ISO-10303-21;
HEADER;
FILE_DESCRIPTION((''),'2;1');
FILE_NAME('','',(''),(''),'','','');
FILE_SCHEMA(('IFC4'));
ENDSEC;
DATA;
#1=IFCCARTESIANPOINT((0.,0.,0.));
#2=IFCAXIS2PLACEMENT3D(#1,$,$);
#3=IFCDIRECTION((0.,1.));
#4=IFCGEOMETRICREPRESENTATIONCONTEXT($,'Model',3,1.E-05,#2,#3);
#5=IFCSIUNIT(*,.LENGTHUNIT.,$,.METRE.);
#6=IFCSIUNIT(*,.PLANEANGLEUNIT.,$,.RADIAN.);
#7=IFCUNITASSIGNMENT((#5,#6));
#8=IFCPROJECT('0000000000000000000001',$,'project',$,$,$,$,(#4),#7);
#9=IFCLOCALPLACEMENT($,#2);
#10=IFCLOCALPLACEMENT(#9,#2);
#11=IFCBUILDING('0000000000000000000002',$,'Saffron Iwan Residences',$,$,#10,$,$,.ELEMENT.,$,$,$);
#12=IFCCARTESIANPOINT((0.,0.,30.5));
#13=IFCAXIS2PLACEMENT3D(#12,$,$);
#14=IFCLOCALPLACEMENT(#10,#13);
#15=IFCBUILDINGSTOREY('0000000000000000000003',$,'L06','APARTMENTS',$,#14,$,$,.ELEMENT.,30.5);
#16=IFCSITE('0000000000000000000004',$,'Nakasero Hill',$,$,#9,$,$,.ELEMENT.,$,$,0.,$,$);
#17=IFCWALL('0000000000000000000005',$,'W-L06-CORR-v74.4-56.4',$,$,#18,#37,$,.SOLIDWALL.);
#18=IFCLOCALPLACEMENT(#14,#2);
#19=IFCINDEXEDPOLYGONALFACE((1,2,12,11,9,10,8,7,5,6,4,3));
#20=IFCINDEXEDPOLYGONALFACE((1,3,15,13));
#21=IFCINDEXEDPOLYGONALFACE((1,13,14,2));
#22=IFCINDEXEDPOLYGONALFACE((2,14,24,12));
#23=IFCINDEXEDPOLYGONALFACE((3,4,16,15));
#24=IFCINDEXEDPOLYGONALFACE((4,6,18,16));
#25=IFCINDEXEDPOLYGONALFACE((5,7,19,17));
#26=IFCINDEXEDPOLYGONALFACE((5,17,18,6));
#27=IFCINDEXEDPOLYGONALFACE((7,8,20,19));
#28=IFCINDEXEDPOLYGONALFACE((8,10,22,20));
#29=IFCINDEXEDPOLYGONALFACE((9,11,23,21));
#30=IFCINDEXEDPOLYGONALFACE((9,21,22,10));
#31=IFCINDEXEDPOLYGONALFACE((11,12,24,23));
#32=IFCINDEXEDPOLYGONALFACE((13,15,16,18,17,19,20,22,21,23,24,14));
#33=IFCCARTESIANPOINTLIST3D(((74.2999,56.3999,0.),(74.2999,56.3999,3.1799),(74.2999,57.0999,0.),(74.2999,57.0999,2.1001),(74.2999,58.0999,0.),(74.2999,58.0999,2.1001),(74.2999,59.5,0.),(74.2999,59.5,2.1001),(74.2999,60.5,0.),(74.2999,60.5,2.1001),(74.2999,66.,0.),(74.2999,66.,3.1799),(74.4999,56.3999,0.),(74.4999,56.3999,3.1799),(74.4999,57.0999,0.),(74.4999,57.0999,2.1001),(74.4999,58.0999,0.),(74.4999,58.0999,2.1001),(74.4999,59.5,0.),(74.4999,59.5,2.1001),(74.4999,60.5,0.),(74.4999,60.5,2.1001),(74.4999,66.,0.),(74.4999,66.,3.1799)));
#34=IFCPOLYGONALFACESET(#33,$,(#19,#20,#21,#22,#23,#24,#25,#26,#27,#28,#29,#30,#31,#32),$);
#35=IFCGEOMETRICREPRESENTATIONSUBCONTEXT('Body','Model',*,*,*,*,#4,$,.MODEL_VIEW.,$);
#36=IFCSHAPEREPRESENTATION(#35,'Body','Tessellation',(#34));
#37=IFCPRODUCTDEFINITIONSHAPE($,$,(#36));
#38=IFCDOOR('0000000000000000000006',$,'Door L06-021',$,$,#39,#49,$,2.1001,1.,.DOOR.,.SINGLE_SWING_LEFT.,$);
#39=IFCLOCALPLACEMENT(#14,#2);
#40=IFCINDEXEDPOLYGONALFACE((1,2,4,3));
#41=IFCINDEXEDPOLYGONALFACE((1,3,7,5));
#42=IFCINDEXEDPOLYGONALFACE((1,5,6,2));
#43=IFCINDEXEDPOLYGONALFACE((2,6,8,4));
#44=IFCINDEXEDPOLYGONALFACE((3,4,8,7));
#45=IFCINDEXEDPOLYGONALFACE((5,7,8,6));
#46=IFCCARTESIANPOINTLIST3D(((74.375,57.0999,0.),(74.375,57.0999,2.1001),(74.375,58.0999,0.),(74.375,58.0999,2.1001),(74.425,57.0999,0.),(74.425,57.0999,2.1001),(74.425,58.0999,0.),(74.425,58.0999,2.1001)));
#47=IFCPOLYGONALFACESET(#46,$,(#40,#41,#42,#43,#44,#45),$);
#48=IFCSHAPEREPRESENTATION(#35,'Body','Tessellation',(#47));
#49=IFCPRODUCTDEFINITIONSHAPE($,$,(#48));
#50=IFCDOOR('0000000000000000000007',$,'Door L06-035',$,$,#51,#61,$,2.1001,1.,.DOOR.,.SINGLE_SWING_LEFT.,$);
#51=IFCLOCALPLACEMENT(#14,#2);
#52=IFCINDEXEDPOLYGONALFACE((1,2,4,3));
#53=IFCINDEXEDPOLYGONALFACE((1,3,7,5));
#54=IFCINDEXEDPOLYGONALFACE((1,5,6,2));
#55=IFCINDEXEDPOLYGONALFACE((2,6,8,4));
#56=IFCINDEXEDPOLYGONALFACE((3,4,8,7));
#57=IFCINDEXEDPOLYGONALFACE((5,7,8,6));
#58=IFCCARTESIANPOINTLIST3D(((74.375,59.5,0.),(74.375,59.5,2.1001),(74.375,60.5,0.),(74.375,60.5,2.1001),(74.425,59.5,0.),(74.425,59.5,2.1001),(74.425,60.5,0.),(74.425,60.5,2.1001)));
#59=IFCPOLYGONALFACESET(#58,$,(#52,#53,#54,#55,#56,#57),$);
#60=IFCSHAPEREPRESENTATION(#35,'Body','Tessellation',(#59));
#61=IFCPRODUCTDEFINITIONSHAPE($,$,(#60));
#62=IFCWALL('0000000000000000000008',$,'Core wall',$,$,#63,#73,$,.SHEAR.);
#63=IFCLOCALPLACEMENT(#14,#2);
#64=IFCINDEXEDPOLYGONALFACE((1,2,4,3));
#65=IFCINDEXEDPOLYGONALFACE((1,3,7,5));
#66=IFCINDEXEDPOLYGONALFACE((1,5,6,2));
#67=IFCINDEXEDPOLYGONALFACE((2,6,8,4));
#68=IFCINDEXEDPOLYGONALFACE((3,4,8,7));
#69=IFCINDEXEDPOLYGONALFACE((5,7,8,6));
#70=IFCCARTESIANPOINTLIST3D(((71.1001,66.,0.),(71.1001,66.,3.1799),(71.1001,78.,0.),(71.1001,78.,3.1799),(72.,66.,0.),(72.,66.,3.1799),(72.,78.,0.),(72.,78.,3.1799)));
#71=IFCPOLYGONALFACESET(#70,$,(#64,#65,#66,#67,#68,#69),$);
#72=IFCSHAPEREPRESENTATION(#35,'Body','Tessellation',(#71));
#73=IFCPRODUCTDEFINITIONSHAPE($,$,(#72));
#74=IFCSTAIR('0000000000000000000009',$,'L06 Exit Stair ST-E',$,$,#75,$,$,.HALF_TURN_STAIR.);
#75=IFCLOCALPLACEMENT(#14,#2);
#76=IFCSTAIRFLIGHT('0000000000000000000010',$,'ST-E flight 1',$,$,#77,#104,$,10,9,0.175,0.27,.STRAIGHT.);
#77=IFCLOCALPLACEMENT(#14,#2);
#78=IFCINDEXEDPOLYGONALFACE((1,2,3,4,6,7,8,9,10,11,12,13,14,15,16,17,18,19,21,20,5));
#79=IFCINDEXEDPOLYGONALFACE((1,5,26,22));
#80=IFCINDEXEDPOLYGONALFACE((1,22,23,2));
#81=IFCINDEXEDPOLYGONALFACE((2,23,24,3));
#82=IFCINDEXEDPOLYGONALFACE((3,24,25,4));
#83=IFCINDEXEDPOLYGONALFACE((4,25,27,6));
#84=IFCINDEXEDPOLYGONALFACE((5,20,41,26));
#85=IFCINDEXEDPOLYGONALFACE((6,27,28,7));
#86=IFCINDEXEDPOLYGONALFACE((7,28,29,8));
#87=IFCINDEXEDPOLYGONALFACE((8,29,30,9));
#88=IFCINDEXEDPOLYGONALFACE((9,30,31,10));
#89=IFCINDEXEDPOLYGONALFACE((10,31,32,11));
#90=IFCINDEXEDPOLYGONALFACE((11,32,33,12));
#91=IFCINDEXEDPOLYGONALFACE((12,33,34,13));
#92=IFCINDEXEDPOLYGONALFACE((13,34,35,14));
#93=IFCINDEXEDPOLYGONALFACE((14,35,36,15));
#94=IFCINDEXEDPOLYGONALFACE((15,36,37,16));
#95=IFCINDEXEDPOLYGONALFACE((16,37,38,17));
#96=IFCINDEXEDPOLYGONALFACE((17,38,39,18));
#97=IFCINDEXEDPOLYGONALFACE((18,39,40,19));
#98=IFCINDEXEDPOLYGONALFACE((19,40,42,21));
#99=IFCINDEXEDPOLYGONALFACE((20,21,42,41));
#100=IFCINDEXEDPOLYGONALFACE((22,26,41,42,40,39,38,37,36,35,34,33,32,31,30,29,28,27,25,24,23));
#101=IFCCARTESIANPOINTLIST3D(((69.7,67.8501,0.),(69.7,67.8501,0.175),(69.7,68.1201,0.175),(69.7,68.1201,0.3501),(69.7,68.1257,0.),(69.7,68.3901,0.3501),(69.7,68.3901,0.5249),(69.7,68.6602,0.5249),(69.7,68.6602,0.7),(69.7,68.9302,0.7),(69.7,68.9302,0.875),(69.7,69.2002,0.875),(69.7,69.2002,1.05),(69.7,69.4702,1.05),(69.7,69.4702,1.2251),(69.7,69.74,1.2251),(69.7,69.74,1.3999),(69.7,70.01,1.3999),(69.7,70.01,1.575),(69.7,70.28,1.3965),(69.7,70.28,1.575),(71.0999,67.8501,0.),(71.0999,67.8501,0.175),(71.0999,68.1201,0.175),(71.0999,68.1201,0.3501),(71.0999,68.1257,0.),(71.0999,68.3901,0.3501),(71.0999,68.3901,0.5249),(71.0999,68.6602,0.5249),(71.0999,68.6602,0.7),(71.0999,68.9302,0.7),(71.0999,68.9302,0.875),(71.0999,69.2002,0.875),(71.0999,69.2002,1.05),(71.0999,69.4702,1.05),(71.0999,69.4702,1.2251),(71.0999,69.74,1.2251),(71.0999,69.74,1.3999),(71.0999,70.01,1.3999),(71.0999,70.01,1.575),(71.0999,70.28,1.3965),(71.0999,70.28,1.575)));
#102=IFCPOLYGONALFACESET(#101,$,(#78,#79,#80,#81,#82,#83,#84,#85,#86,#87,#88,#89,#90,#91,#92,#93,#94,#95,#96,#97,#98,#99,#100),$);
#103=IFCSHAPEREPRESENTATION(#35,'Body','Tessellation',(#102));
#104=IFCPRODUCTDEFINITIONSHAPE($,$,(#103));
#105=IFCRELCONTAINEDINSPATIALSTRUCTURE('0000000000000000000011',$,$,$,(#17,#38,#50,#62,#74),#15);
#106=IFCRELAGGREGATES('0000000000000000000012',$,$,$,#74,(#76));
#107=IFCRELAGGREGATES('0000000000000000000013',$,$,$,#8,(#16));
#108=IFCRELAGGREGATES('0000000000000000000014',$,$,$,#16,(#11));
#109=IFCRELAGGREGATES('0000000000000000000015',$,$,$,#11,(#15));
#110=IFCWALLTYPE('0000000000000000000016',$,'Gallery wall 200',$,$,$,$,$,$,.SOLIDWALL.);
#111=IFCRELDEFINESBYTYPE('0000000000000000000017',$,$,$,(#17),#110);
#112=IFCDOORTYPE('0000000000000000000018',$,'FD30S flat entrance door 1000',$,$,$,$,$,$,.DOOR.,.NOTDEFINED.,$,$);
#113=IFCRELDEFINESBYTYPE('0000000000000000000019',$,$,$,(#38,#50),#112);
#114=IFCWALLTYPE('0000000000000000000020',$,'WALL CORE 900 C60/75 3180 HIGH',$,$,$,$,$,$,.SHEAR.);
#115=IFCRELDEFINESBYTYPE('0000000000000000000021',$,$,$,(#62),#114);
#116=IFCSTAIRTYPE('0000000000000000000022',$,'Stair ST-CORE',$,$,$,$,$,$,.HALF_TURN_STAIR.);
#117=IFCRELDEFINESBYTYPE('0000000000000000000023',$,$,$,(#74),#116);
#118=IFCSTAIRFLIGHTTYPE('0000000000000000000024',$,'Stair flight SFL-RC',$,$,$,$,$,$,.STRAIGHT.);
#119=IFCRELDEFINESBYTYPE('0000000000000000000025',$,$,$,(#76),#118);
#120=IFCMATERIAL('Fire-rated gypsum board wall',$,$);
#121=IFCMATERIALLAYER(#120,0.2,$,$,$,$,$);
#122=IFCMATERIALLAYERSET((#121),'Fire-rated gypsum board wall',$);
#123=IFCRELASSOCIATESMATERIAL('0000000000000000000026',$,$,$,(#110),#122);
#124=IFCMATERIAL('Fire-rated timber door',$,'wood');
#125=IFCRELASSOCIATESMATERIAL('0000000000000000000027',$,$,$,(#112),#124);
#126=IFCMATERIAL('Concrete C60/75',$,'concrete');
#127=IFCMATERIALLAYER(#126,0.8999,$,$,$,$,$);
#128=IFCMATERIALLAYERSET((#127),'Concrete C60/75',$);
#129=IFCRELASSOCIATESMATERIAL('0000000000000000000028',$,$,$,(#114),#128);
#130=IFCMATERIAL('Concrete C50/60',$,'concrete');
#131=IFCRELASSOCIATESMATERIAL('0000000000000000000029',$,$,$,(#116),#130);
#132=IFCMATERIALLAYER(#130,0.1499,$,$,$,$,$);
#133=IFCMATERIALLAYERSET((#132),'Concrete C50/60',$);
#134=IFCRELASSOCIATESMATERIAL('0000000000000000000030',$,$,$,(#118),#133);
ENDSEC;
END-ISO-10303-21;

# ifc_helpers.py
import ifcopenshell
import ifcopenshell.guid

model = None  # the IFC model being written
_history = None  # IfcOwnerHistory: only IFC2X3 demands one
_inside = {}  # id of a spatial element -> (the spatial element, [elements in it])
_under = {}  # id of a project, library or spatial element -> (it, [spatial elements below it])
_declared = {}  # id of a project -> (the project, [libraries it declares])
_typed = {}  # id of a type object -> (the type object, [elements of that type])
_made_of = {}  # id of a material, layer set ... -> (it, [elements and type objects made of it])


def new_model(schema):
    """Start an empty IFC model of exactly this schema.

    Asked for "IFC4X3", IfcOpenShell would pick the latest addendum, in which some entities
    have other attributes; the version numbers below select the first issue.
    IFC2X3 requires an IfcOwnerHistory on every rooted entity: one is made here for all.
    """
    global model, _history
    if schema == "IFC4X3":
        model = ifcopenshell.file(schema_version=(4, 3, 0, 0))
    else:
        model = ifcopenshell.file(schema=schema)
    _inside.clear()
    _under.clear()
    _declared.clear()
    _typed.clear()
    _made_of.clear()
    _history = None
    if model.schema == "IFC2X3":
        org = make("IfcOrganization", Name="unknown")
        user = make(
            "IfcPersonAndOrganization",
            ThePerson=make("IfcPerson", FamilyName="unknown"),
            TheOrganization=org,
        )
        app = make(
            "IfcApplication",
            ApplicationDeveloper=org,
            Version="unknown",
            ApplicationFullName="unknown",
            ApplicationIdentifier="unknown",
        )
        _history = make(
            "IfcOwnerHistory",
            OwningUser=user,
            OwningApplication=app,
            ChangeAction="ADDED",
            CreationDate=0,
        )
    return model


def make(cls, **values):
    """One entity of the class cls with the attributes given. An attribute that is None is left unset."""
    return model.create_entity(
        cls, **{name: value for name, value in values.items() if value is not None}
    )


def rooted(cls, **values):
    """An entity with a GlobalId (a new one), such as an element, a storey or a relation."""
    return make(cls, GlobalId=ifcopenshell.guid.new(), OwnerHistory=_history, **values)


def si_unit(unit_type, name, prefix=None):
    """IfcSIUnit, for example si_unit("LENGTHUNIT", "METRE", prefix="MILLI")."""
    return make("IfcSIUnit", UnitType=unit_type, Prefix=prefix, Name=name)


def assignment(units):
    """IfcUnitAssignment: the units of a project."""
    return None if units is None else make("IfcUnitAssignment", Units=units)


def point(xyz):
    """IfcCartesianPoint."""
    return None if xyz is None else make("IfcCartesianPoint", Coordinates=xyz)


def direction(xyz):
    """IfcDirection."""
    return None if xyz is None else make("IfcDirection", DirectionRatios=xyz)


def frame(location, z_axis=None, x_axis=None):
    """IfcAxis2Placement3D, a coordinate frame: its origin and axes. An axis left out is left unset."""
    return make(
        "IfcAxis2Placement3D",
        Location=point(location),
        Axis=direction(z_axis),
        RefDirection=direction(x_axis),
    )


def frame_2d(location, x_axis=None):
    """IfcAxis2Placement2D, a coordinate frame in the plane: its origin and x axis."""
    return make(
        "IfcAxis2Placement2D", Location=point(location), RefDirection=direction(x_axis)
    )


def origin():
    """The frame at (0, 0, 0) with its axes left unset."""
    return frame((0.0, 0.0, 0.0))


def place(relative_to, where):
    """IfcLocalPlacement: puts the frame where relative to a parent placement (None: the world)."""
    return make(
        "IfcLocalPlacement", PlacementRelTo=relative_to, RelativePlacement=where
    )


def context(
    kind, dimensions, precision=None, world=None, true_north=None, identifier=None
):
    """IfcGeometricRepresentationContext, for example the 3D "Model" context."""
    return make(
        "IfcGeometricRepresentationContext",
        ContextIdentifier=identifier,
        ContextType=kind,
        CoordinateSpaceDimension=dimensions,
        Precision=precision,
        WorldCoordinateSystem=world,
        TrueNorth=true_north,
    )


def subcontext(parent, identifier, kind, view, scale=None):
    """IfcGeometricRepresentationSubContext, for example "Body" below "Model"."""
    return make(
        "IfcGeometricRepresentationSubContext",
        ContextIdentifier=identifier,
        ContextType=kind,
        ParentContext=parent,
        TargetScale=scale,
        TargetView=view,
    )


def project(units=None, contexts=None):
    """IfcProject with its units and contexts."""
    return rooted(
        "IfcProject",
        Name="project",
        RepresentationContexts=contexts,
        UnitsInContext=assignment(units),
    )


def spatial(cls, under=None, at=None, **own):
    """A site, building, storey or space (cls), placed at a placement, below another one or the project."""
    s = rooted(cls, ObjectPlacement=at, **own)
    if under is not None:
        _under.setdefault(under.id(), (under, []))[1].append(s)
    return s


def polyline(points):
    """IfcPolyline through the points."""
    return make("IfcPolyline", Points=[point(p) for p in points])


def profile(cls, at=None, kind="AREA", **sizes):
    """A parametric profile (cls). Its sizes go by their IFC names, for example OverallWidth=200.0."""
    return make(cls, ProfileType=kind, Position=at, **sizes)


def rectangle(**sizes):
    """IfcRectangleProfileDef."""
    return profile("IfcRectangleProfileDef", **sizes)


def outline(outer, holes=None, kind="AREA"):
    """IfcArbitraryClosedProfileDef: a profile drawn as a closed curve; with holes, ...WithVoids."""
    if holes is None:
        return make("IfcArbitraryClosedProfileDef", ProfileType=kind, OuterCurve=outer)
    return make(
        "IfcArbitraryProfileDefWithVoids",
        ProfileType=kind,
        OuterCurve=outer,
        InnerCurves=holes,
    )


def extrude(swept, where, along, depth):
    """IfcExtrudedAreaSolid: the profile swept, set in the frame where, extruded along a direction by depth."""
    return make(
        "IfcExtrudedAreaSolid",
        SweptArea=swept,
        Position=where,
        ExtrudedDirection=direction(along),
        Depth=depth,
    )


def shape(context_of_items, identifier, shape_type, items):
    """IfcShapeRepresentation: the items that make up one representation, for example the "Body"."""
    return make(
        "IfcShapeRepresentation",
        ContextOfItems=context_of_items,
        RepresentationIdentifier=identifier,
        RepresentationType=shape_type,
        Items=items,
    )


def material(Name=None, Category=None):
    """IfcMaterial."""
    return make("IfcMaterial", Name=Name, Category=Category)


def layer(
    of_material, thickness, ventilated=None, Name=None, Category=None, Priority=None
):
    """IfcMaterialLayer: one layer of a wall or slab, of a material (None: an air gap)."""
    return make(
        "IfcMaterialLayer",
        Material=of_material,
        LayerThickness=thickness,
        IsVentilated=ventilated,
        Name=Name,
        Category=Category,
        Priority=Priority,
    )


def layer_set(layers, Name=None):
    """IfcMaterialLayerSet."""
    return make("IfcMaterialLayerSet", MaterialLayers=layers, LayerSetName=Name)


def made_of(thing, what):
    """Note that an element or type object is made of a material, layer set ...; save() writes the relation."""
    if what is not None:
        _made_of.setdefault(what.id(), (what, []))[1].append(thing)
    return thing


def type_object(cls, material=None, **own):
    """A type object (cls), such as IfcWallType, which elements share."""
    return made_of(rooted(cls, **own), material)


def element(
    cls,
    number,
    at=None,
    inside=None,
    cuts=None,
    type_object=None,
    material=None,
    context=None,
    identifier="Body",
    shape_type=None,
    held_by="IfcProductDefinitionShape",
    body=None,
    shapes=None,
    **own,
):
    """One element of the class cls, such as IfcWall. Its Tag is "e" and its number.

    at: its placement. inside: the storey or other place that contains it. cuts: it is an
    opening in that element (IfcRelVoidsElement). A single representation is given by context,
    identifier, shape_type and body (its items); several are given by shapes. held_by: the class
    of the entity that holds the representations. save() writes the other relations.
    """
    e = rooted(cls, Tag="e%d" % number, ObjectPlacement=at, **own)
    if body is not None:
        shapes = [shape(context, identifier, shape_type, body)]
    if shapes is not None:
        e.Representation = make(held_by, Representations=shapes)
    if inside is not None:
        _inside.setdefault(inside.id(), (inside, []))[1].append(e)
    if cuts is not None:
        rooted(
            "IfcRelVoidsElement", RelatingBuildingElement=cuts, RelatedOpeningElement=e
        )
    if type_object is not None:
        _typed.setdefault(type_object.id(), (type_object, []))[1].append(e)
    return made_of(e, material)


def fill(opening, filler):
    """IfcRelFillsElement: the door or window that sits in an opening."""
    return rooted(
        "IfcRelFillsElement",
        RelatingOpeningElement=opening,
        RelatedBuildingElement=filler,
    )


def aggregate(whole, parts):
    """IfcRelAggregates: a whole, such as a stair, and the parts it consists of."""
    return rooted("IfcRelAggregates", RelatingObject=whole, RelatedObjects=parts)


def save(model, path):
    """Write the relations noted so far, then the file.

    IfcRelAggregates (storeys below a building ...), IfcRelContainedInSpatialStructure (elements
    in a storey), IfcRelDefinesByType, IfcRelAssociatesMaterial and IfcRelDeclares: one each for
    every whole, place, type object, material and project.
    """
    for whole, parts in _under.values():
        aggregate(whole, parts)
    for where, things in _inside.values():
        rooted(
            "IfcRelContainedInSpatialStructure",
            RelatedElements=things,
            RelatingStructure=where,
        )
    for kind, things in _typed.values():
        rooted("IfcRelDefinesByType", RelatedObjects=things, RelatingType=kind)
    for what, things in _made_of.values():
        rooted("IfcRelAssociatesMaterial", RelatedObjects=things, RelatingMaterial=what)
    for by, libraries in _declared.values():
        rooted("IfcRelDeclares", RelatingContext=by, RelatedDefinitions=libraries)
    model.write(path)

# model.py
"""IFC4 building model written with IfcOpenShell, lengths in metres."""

from ifc_helpers import new_model, si_unit, direction, frame, frame_2d, origin, place, context, subcontext, project, spatial, polyline, rectangle, outline, extrude, material, layer, layer_set, type_object, element, fill, aggregate, save


model = new_model("IFC4")

# Units and contexts
model_context = context("Model", 3, precision=1e-05, world=origin(), true_north=direction((0.0, 1.0)))
body_context = subcontext(model_context, "Body", "Model", "MODEL_VIEW")
ifc_project = project(units=[si_unit("LENGTHUNIT", "METRE"), si_unit("PLANEANGLEUNIT", "RADIAN")], contexts=[model_context])

# Site, building, storey
site_placement = place(None, origin())
site = spatial("IfcSite", under=ifc_project, at=site_placement, Name="Nakasero Hill", CompositionType="ELEMENT", RefElevation=0.0)
building_placement = place(site_placement, origin())
building = spatial("IfcBuilding", under=site, at=building_placement, Name="Saffron Iwan Residences", CompositionType="ELEMENT")
storey_placement = place(building_placement, frame((0.0, 0.0, 30.5)))
storey = spatial("IfcBuildingStorey", under=building, at=storey_placement, Name="L06", Description="APARTMENTS", CompositionType="ELEMENT", Elevation=30.5)

# Shared definitions
ifc_material_1 = material(Name="Concrete C60/75", Category="concrete")

# Shared definitions
ifc_material_2 = material(Name="Fire-rated gypsum board wall")

# Shared definitions
ifc_layer_1 = layer(ifc_material_2, 0.2)
ifc_layer_set_1 = layer_set([ifc_layer_1], Name="Fire-rated gypsum board wall")
wall_type_1 = type_object("IfcWallType", Name="Gallery wall 200", PredefinedType="SOLIDWALL", material=ifc_layer_set_1)

# Wall, openings, doors
wall_1_placement = place(storey_placement, frame((74.3999, 56.3999, 0.0), z_axis=(0.0, 0.0, 1.0), x_axis=(0.0, 1.0, 0.0)))
wall_1 = element("IfcWall", 1, at=wall_1_placement, inside=storey, type_object=wall_type_1, Name="W-L06-CORR-v74.4-56.4", PredefinedType="SOLIDWALL", context=body_context, shape_type="SweptSolid", body=[
    extrude(rectangle(XDim=9.6001, YDim=0.2, at=frame_2d((4.8, 0.0))), origin(), (0.0, 0.0, 1.0), 3.1799),
])
opening_1_placement = place(wall_1_placement, frame((0.7, 0.0, 0.0)))
opening_1 = element("IfcOpeningElement", 2, at=opening_1_placement, cuts=wall_1, PredefinedType="OPENING", context=body_context, shape_type="SweptSolid", body=[
    extrude(rectangle(XDim=1.0, YDim=2.1001, at=frame_2d((0.5, 1.05))), frame((0.0, 0.1099, 0.0), z_axis=(0.0, -1.0, 0.0), x_axis=(1.0, 0.0, 0.0)), (0.0, 0.0, 1.0), 0.22),
])
opening_2_placement = place(wall_1_placement, frame((3.1001, 0.0, 0.0)))
opening_2 = element("IfcOpeningElement", 3, at=opening_2_placement, cuts=wall_1, PredefinedType="OPENING", context=body_context, shape_type="SweptSolid", body=[
    extrude(rectangle(XDim=1.0, YDim=2.1001, at=frame_2d((0.5, 1.05))), frame((0.0, 0.1099, 0.0), z_axis=(0.0, -1.0, 0.0), x_axis=(1.0, 0.0, 0.0)), (0.0, 0.0, 1.0), 0.22),
])
ifc_material_3 = material(Name="Fire-rated timber door", Category="wood")
door_type_1 = type_object("IfcDoorType", Name="FD30S flat entrance door 1000", OperationType="NOTDEFINED", PredefinedType="DOOR", material=ifc_material_3)
door_1_placement = place(opening_1_placement, origin())
door_1 = element("IfcDoor", 4, at=door_1_placement, inside=storey, type_object=door_type_1, Name="Door L06-021", OperationType="SINGLE_SWING_LEFT", OverallHeight=2.1001, OverallWidth=1.0, PredefinedType="DOOR", context=body_context, shape_type="SweptSolid", body=[
    extrude(rectangle(XDim=1.0, YDim=2.1001, at=frame_2d((0.5, 1.05))), frame((0.0, 0.0249, 0.0), z_axis=(0.0, -1.0, 0.0), x_axis=(1.0, 0.0, 0.0)), (0.0, 0.0, 1.0), 0.05),
])
fill(opening_1, door_1)
door_2_placement = place(opening_2_placement, origin())
door_2 = element("IfcDoor", 5, at=door_2_placement, inside=storey, type_object=door_type_1, Name="Door L06-035", OperationType="SINGLE_SWING_LEFT", OverallHeight=2.1001, OverallWidth=1.0, PredefinedType="DOOR", context=body_context, shape_type="SweptSolid", body=[
    extrude(rectangle(XDim=1.0, YDim=2.1001, at=frame_2d((0.5, 1.05))), frame((0.0, 0.0249, 0.0), z_axis=(0.0, -1.0, 0.0), x_axis=(1.0, 0.0, 0.0)), (0.0, 0.0, 1.0), 0.05),
])
fill(opening_2, door_2)

# Wall
ifc_layer_2 = layer(ifc_material_1, 0.8999)
ifc_layer_set_2 = layer_set([ifc_layer_2], Name="Concrete C60/75")
wall_type_2 = type_object("IfcWallType", Name="WALL CORE 900 C60/75 3180 HIGH", PredefinedType="SHEAR", material=ifc_layer_set_2)
wall_2_placement = place(storey_placement, frame((71.55, 66.0, 0.0), z_axis=(0.0, 0.0, 1.0), x_axis=(0.0, 1.0, 0.0)))
element("IfcWall", 6, at=wall_2_placement, inside=storey, type_object=wall_type_2, Name="Core wall", PredefinedType="SHEAR", context=body_context, shape_type="SweptSolid", body=[
    extrude(rectangle(XDim=12.0, YDim=0.8999, at=frame_2d((6.0, 0.0))), origin(), (0.0, 0.0, 1.0), 3.1799),
])

# Stair, stair flight
ifc_material_4 = material(Name="Concrete C50/60", Category="concrete")
stair_type = type_object("IfcStairType", Name="Stair ST-CORE", PredefinedType="HALF_TURN_STAIR", material=ifc_material_4)
stair_placement = place(storey_placement, origin())
stair = element("IfcStair", 7, at=stair_placement, inside=storey, type_object=stair_type, Name="L06 Exit Stair ST-E", PredefinedType="HALF_TURN_STAIR")
ifc_layer_3 = layer(ifc_material_4, 0.1499)
ifc_layer_set_3 = layer_set([ifc_layer_3], Name="Concrete C50/60")
stair_flight_type = type_object("IfcStairFlightType", Name="Stair flight SFL-RC", PredefinedType="STRAIGHT", material=ifc_layer_set_3)
stair_flight_placement = place(storey_placement, frame((70.3999, 67.8501, 0.0), z_axis=(0.0, 0.0, 1.0), x_axis=(0.0, 1.0, 0.0)))
stair_flight = element("IfcStairFlight", 8, at=stair_flight_placement, type_object=stair_flight_type, Name="ST-E flight 1", NumberOfRisers=10, NumberOfTreads=9, PredefinedType="STRAIGHT", RiserHeight=0.175, TreadLength=0.27, context=body_context, shape_type="SweptSolid", body=[
    extrude(outline(polyline([(0.0, 0.0), (0.0, 0.175), (0.27, 0.175), (0.27, 0.3501), (0.54, 0.3501), (0.54, 0.5249), (0.8101, 0.5249), (0.8101, 0.7), (1.0801, 0.7), (1.0801, 0.875), (1.3501, 0.875), (1.3501, 1.05), (1.6201, 1.05), (1.6201, 1.2251), (1.8899, 1.2251), (1.8899, 1.3999), (2.1599, 1.3999), (2.1599, 1.575), (2.4299, 1.575), (2.4299, 1.75), (2.4299, 1.3965), (0.2756, 0.0), (0.0, 0.0)])), frame((0.0, 0.7, 0.0), z_axis=(0.0, -1.0, 0.0), x_axis=(1.0, 0.0, 0.0)), (0.0, 0.0, 1.0), 1.3999),
])
aggregate(stair, [stair_flight])

save(model, "model.ifc")
